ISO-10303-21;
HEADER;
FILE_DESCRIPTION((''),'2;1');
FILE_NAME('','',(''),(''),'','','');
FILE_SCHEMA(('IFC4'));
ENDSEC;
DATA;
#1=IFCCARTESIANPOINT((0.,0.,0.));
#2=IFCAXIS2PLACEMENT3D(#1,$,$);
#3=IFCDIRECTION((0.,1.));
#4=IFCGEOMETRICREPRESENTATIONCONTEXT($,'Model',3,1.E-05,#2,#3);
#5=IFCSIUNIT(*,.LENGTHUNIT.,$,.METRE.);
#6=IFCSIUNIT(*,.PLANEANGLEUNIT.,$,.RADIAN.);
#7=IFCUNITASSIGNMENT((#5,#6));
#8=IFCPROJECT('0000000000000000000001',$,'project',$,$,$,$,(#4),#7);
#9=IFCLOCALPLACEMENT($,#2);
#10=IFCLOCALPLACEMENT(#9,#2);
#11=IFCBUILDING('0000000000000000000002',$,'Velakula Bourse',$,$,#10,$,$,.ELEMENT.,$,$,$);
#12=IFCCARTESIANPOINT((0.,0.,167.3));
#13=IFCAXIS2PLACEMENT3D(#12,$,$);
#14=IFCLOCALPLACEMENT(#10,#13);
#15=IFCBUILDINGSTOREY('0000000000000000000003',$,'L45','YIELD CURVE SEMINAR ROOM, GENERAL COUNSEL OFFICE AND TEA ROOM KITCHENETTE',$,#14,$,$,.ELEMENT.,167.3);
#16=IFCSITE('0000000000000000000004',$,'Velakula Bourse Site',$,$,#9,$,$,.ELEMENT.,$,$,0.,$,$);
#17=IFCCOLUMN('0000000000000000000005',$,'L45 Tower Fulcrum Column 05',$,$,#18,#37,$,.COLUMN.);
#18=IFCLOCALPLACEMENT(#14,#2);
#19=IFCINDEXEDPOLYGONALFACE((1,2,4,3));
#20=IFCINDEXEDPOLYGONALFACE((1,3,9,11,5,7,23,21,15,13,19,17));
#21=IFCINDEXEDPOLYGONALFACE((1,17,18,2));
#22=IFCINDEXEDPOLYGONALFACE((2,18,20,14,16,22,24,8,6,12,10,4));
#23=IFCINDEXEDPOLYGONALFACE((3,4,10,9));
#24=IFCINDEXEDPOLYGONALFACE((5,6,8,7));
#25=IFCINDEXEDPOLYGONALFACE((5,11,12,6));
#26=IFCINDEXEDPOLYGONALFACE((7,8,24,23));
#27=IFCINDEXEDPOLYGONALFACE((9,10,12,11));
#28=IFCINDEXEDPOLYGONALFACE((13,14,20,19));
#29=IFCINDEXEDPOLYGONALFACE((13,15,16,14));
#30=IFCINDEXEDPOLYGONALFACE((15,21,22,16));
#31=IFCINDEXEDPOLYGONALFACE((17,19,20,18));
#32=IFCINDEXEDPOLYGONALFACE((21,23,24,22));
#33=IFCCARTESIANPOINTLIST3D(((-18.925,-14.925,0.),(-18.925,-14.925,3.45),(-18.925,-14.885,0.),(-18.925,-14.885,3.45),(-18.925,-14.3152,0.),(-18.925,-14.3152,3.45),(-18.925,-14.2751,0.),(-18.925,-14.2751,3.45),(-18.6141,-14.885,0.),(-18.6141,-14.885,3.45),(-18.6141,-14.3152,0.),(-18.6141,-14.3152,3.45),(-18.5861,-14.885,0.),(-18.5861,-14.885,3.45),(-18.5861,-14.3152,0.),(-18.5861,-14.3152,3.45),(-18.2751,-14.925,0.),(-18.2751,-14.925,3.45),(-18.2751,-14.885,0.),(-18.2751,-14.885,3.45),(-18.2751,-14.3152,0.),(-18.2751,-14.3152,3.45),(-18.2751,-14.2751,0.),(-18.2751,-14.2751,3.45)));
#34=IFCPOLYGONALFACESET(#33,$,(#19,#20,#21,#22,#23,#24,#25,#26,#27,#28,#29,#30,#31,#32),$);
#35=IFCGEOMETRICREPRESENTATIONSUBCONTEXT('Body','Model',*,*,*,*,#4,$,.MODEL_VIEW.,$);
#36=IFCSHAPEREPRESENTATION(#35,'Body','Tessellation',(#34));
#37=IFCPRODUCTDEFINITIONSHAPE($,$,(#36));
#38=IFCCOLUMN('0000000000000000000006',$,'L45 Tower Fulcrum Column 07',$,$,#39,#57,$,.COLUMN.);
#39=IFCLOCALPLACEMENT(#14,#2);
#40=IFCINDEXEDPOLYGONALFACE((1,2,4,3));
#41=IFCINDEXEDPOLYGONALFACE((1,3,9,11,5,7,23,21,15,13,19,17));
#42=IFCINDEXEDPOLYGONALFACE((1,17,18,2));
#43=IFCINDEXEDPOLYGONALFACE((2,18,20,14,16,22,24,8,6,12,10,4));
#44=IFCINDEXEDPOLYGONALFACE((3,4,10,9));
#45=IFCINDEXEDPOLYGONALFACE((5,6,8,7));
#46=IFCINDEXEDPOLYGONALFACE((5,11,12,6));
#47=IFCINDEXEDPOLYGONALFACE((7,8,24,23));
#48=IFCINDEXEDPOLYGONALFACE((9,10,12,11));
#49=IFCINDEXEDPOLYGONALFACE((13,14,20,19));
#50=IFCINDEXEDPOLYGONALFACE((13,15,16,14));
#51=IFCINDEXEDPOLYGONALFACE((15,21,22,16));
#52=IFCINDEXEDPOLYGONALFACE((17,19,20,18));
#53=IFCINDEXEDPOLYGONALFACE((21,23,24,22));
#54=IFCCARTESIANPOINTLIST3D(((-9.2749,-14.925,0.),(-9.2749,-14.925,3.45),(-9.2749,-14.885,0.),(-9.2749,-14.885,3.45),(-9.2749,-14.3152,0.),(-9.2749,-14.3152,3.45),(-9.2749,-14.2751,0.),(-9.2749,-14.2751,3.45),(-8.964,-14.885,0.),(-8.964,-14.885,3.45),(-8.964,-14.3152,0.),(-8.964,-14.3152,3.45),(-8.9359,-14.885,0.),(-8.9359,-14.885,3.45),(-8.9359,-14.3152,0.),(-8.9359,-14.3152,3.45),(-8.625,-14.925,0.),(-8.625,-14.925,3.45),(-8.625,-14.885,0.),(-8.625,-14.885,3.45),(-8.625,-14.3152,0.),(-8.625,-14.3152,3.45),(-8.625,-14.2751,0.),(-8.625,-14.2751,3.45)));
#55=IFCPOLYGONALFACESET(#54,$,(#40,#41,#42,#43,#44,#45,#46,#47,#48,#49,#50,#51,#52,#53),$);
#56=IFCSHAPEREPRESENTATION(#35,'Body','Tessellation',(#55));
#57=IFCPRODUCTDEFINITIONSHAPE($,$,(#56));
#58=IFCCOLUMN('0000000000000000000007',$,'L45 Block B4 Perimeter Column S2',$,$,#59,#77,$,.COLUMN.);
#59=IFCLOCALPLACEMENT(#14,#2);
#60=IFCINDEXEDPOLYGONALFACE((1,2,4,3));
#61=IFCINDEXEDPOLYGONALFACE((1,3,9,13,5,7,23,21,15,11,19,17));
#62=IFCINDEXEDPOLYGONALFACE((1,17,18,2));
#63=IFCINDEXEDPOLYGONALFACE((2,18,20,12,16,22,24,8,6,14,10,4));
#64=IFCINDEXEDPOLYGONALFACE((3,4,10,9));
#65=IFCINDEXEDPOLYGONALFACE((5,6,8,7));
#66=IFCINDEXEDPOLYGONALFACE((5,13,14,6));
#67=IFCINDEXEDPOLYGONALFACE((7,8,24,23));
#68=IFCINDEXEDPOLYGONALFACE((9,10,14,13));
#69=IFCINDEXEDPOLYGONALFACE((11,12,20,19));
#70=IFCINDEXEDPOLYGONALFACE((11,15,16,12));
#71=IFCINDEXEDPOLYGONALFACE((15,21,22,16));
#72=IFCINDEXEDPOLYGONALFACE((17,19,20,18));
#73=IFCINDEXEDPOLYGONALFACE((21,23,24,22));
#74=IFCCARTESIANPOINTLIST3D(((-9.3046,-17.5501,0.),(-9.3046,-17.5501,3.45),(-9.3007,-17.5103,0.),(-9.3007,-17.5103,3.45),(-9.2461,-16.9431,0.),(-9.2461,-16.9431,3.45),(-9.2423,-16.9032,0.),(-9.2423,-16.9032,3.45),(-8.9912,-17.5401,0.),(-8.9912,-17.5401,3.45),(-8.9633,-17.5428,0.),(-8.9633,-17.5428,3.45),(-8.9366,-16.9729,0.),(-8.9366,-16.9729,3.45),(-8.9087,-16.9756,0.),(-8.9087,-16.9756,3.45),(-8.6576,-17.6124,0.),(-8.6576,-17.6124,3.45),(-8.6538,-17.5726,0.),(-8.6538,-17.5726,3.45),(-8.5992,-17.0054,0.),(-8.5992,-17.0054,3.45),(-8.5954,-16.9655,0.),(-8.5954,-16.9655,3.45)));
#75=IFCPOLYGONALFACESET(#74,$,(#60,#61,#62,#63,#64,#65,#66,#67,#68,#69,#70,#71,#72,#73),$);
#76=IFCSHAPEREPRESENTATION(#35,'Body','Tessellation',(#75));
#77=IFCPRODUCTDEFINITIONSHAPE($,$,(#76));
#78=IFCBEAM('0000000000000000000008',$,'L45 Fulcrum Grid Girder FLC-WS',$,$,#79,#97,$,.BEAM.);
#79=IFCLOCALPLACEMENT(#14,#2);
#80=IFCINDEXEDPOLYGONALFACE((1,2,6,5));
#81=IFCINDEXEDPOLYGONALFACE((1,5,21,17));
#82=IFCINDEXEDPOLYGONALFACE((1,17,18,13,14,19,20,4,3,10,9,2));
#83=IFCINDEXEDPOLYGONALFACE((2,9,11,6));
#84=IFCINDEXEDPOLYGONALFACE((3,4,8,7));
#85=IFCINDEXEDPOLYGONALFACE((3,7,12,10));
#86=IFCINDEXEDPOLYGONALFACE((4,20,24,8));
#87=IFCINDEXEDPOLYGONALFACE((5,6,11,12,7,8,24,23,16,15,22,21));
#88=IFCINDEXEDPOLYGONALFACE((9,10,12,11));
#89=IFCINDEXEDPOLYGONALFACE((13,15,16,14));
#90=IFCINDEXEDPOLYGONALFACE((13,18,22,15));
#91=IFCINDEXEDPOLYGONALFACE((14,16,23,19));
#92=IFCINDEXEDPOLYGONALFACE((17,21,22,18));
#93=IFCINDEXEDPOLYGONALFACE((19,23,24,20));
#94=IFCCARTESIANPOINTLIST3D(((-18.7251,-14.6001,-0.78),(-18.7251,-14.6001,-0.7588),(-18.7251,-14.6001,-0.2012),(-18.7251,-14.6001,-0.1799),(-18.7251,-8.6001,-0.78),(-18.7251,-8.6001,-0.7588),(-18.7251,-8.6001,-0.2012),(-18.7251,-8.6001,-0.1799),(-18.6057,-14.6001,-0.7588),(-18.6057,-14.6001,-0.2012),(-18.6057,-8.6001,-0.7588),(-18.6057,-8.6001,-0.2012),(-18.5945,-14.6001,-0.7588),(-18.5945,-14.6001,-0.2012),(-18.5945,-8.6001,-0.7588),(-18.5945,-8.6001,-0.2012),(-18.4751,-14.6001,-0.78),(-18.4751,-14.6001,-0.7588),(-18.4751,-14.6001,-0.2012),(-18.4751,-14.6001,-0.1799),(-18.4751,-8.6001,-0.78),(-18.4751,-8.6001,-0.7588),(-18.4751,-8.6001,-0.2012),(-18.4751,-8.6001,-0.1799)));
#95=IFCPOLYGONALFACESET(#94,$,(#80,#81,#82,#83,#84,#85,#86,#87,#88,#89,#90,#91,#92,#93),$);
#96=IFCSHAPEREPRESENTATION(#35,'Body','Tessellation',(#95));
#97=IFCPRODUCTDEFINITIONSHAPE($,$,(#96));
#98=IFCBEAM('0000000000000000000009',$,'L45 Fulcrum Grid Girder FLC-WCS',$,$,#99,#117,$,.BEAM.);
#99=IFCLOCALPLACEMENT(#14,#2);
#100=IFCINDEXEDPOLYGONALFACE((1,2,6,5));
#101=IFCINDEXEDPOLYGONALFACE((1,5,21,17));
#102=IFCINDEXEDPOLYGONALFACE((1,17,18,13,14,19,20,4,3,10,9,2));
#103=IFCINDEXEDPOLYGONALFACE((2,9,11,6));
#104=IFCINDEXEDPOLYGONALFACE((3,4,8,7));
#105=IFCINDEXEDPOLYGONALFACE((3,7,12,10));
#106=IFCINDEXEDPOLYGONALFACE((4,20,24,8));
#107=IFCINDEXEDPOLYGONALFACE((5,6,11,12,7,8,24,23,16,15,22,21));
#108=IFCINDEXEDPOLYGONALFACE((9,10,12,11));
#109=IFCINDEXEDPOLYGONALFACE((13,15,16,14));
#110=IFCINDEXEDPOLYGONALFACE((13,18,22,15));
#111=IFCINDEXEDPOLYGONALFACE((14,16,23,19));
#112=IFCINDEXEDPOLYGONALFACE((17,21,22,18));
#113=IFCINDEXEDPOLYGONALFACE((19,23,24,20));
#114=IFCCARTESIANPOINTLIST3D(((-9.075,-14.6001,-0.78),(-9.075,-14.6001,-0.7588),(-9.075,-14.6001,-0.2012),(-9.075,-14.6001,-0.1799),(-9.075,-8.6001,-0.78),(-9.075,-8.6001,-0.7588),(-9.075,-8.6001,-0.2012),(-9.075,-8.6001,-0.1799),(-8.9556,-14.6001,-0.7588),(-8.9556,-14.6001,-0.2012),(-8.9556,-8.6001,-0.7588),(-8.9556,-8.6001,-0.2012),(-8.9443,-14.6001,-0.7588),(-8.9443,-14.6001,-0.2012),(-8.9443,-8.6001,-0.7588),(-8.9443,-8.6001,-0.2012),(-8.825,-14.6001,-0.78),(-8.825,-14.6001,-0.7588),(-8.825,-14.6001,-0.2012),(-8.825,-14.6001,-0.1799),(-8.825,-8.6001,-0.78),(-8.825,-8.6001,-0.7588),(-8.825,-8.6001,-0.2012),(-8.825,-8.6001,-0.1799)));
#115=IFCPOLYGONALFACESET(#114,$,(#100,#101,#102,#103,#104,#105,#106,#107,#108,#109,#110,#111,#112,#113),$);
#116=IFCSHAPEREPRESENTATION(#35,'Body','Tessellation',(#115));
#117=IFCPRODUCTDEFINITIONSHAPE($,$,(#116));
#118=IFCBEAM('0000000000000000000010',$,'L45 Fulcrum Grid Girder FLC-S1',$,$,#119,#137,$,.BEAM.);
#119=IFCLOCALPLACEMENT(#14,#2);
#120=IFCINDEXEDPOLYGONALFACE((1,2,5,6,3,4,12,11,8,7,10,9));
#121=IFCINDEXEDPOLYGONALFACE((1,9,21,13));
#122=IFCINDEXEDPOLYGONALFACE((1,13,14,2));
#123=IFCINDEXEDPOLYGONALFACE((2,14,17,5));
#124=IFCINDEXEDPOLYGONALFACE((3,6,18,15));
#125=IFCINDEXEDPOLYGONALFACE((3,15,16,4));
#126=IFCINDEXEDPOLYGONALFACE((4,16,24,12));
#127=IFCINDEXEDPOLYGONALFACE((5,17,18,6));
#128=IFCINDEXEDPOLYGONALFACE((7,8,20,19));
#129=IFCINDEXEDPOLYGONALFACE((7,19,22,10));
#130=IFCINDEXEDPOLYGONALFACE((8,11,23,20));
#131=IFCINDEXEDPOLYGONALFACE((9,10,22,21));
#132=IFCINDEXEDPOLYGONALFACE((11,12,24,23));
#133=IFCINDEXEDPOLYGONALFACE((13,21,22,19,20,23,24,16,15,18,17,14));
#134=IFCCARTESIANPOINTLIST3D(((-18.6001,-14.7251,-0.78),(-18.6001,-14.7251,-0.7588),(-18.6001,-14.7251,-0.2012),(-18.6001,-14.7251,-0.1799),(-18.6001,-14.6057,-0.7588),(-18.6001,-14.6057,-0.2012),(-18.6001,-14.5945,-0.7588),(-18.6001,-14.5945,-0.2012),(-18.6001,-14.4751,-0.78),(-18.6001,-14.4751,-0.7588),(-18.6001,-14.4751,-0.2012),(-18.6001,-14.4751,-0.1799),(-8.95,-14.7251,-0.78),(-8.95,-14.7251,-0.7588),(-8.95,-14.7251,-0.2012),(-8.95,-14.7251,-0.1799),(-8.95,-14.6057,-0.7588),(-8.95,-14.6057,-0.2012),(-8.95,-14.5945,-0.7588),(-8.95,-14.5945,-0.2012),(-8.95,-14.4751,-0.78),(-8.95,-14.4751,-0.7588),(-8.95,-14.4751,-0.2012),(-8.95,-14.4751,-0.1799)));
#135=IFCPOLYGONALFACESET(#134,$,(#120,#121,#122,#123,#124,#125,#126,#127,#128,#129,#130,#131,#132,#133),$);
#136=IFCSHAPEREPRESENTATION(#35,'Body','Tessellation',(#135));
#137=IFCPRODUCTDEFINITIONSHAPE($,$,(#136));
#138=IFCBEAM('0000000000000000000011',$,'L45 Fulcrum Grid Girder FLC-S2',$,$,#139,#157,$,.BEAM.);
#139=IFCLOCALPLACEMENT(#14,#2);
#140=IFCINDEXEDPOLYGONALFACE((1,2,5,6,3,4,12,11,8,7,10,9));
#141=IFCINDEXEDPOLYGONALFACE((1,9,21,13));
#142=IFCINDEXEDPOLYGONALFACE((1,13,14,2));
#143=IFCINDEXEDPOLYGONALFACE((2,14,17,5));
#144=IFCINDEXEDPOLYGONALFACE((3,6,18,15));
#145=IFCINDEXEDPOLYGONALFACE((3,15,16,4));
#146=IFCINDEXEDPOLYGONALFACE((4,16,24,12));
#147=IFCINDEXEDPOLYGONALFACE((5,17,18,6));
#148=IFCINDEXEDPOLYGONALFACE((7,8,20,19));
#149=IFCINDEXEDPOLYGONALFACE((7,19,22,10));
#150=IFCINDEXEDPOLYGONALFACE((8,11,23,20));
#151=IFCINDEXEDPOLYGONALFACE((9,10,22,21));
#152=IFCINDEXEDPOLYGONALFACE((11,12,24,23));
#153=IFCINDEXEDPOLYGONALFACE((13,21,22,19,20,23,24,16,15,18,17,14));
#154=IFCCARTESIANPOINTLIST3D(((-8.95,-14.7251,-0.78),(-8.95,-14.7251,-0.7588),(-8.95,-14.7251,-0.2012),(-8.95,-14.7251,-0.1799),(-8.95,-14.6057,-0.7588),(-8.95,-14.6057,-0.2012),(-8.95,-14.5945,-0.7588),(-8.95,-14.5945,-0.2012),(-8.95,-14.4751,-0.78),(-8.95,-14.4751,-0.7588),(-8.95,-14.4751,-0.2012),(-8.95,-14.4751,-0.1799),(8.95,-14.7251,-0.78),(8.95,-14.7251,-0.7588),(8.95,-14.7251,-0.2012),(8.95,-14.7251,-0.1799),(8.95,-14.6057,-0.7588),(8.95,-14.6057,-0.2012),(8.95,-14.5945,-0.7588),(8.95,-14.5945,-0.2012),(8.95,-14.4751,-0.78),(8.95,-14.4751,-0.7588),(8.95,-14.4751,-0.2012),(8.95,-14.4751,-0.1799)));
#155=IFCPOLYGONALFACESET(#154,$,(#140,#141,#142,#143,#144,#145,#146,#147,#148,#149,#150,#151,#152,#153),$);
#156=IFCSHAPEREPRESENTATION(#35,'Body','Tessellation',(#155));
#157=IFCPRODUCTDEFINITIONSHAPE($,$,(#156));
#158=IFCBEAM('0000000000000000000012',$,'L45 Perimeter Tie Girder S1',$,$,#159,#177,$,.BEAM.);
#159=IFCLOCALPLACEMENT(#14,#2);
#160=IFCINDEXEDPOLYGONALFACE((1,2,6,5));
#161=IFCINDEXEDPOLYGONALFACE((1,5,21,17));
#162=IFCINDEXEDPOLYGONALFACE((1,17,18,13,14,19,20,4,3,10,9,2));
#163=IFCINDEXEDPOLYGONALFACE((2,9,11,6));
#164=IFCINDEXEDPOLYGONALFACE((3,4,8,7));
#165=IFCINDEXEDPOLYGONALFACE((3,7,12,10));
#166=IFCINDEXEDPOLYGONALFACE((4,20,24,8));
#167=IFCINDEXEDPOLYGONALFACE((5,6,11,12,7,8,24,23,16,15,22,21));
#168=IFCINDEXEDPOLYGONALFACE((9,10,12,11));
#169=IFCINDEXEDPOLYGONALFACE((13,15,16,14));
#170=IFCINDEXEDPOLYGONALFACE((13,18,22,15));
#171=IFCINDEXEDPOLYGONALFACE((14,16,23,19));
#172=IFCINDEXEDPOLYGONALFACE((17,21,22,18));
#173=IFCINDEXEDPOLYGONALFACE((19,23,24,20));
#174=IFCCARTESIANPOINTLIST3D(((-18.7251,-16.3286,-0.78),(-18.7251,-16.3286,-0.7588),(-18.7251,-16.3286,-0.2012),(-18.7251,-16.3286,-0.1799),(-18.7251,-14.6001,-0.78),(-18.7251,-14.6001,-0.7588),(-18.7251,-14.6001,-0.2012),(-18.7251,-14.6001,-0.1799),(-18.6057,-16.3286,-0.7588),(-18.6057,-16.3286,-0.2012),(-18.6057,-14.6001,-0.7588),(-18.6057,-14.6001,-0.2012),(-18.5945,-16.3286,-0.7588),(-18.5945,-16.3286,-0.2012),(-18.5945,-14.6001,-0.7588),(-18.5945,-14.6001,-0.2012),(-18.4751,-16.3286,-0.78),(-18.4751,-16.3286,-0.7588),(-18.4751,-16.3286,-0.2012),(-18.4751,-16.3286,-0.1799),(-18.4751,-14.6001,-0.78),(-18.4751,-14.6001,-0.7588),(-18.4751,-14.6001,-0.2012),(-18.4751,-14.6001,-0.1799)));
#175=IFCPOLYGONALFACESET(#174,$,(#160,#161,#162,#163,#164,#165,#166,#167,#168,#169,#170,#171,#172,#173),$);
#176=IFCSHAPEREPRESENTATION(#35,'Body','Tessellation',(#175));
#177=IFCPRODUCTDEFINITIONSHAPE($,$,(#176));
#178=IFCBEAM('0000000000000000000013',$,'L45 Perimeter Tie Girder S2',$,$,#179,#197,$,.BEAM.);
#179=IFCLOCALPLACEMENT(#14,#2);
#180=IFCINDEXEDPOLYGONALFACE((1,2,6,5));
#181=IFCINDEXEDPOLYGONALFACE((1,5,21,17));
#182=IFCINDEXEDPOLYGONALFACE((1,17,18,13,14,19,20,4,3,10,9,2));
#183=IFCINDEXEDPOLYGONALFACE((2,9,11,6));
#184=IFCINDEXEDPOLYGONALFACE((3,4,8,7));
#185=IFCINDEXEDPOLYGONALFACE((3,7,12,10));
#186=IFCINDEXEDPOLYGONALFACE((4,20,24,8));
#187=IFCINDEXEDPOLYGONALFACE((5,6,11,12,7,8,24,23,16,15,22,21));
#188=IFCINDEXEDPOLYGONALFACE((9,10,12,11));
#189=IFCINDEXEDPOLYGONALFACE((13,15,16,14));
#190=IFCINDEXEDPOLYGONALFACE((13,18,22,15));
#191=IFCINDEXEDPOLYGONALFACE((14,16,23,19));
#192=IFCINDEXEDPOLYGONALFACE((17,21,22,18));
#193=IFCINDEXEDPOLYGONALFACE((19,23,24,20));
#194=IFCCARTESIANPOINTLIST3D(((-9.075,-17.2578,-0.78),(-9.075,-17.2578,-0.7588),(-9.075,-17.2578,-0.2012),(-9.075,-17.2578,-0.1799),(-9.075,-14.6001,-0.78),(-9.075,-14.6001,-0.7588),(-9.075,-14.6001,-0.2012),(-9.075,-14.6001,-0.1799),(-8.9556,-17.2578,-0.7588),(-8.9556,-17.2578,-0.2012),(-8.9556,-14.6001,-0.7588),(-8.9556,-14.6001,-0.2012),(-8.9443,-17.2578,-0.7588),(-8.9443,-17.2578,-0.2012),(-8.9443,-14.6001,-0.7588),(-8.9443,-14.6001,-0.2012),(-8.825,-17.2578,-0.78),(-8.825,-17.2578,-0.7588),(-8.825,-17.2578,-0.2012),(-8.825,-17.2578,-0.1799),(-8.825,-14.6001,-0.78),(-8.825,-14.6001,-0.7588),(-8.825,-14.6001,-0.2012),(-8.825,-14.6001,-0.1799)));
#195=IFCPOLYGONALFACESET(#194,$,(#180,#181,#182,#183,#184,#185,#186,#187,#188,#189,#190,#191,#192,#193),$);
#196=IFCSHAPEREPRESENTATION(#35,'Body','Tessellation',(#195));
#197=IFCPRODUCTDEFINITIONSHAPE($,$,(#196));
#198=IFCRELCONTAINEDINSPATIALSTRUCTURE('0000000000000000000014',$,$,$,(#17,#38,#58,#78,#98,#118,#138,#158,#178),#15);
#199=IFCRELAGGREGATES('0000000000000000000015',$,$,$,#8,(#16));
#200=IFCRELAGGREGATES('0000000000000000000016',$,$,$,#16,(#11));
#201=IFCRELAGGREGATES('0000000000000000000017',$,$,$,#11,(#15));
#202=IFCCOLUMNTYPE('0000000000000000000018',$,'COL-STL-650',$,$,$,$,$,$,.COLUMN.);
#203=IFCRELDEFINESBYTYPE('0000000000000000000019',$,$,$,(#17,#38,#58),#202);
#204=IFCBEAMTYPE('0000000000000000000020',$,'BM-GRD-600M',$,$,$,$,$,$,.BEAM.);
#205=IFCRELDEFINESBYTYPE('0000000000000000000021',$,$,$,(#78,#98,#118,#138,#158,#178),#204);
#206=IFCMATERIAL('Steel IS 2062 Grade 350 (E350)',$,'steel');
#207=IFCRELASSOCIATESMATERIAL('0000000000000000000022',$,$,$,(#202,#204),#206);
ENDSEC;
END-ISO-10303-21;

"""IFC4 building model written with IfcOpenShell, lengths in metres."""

from ifc_helpers import new_model, si_unit, direction, frame, origin, origin_2d, place, context, subcontext, project, spatial, i_section, extrude, material, material_profile, profile_set, type_object, element, save


model = new_model("IFC4")

# Units and contexts
model_context = context("Model", 3, precision=1e-05, world=origin(), true_north=direction((0.0, 1.0)))
body_context = subcontext(model_context, "Body", "Model", "MODEL_VIEW")
ifc_project = project(units=[si_unit("LENGTHUNIT", "METRE"), si_unit("PLANEANGLEUNIT", "RADIAN")], contexts=[model_context])

# Site, building, storey
site_placement = place(None, origin())
site = spatial("IfcSite", under=ifc_project, at=site_placement, Name="Velakula Bourse Site", CompositionType="ELEMENT", RefElevation=0.0)
building_placement = place(site_placement, origin())
building = spatial("IfcBuilding", under=site, at=building_placement, Name="Velakula Bourse", CompositionType="ELEMENT")
storey_placement = place(building_placement, frame((0.0, 0.0, 167.3)))
storey = spatial("IfcBuildingStorey", under=building, at=storey_placement, Name="L45", Description="YIELD CURVE SEMINAR ROOM, GENERAL COUNSEL OFFICE AND TEA ROOM KITCHENETTE", CompositionType="ELEMENT", Elevation=167.3)

# Columns
ifc_material_1 = material(Name="Steel IS 2062 Grade 350 (E350)", Category="steel")
ifc_material_profile_1 = material_profile(ifc_material_1, i_section(OverallWidth=0.6499, OverallDepth=0.6499, WebThickness=0.0281, FlangeThickness=0.04, at=origin_2d()), Name="Steel IS 2062 Grade 350 (E350)")
ifc_profile_set_1 = profile_set([ifc_material_profile_1], Name="Steel IS 2062 Grade 350 (E350)")
column_type = type_object("IfcColumnType", Name="COL-STL-650", PredefinedType="COLUMN", material=ifc_profile_set_1)
for number, where, z_axis, x_axis, name in (
    (1, (-18.6001, -14.6001, 0.0), (0.0, 0.0, 1.0), (1.0, 0.0, 0.0), "L45 Tower Fulcrum Column 05"),
    (2, (-8.95, -14.6001, 0.0), (0.0, 0.0, 1.0), (1.0, 0.0, 0.0), "L45 Tower Fulcrum Column 07"),
    (3, (-8.95, -17.2578, 0.0), (0.0, 0.0, 1.0), (0.995396, -0.095846, 0.0), "L45 Block B4 Perimeter Column S2"),
):
    element("IfcColumn", number, at=place(storey_placement, frame(where, z_axis=z_axis, x_axis=x_axis)), inside=storey, type_object=column_type, Name=name, PredefinedType="COLUMN", context=body_context, shape_type="SweptSolid", body=[
        extrude(i_section(OverallWidth=0.6499, OverallDepth=0.6499, WebThickness=0.0281, FlangeThickness=0.04, at=origin_2d()), origin(), (0.0, 0.0, 1.0), 3.45),
    ])

# Beams
ifc_material_profile_2 = material_profile(ifc_material_1, i_section(OverallWidth=0.25, OverallDepth=0.6001, WebThickness=0.0112, FlangeThickness=0.0212, at=origin_2d()), Name="Steel IS 2062 Grade 350 (E350)")
ifc_profile_set_2 = profile_set([ifc_material_profile_2], Name="Steel IS 2062 Grade 350 (E350)")
beam_type_1 = type_object("IfcBeamType", Name="BM-GRD-600M", PredefinedType="BEAM", material=ifc_profile_set_2)
for number, where, z_axis, x_axis, name in (
    (4, (-18.6001, -14.6001, -0.48), (0.0, 1.0, 0.0), (-1.0, 0.0, 0.0), "L45 Fulcrum Grid Girder FLC-WS"),
    (5, (-8.95, -14.6001, -0.48), (0.0, 1.0, 0.0), (-1.0, 0.0, 0.0), "L45 Fulcrum Grid Girder FLC-WCS"),
):
    element("IfcBeam", number, at=place(storey_placement, frame(where, z_axis=z_axis, x_axis=x_axis)), inside=storey, type_object=beam_type_1, Name=name, PredefinedType="BEAM", context=body_context, shape_type="SweptSolid", body=[
        extrude(i_section(OverallWidth=0.25, OverallDepth=0.6001, WebThickness=0.0112, FlangeThickness=0.0212, at=origin_2d()), origin(), (0.0, 0.0, 1.0), 6.0),
    ])
beam_1_placement = place(storey_placement, frame((-18.6001, -14.6001, -0.48), z_axis=(1.0, 0.0, 0.0), x_axis=(0.0, 1.0, 0.0)))
element("IfcBeam", 6, at=beam_1_placement, inside=storey, type_object=beam_type_1, Name="L45 Fulcrum Grid Girder FLC-S1", PredefinedType="BEAM", context=body_context, shape_type="SweptSolid", body=[
    extrude(i_section(OverallWidth=0.25, OverallDepth=0.6001, WebThickness=0.0112, FlangeThickness=0.0212, at=origin_2d()), origin(), (0.0, 0.0, 1.0), 9.6501),
])
beam_2_placement = place(storey_placement, frame((-8.95, -14.6001, -0.48), z_axis=(1.0, 0.0, 0.0), x_axis=(0.0, 1.0, 0.0)))
element("IfcBeam", 7, at=beam_2_placement, inside=storey, type_object=beam_type_1, Name="L45 Fulcrum Grid Girder FLC-S2", PredefinedType="BEAM", context=body_context, shape_type="SweptSolid", body=[
    extrude(i_section(OverallWidth=0.25, OverallDepth=0.6001, WebThickness=0.0112, FlangeThickness=0.0212, at=origin_2d()), origin(), (0.0, 0.0, 1.0), 17.8999),
])
beam_3_placement = place(storey_placement, frame((-18.6001, -14.6001, -0.48), z_axis=(0.0, -1.0, 0.0), x_axis=(1.0, 0.0, 0.0)))
element("IfcBeam", 8, at=beam_3_placement, inside=storey, type_object=beam_type_1, Name="L45 Perimeter Tie Girder S1", PredefinedType="BEAM", context=body_context, shape_type="SweptSolid", body=[
    extrude(i_section(OverallWidth=0.25, OverallDepth=0.6001, WebThickness=0.0112, FlangeThickness=0.0212, at=origin_2d()), origin(), (0.0, 0.0, 1.0), 1.7285),
])
beam_4_placement = place(storey_placement, frame((-8.95, -14.6001, -0.48), z_axis=(0.0, -1.0, 0.0), x_axis=(1.0, 0.0, 0.0)))
element("IfcBeam", 9, at=beam_4_placement, inside=storey, type_object=beam_type_1, Name="L45 Perimeter Tie Girder S2", PredefinedType="BEAM", context=body_context, shape_type="SweptSolid", body=[
    extrude(i_section(OverallWidth=0.25, OverallDepth=0.6001, WebThickness=0.0112, FlangeThickness=0.0212, at=origin_2d()), origin(), (0.0, 0.0, 1.0), 2.6577),
])

save(model, "model.ifc")
